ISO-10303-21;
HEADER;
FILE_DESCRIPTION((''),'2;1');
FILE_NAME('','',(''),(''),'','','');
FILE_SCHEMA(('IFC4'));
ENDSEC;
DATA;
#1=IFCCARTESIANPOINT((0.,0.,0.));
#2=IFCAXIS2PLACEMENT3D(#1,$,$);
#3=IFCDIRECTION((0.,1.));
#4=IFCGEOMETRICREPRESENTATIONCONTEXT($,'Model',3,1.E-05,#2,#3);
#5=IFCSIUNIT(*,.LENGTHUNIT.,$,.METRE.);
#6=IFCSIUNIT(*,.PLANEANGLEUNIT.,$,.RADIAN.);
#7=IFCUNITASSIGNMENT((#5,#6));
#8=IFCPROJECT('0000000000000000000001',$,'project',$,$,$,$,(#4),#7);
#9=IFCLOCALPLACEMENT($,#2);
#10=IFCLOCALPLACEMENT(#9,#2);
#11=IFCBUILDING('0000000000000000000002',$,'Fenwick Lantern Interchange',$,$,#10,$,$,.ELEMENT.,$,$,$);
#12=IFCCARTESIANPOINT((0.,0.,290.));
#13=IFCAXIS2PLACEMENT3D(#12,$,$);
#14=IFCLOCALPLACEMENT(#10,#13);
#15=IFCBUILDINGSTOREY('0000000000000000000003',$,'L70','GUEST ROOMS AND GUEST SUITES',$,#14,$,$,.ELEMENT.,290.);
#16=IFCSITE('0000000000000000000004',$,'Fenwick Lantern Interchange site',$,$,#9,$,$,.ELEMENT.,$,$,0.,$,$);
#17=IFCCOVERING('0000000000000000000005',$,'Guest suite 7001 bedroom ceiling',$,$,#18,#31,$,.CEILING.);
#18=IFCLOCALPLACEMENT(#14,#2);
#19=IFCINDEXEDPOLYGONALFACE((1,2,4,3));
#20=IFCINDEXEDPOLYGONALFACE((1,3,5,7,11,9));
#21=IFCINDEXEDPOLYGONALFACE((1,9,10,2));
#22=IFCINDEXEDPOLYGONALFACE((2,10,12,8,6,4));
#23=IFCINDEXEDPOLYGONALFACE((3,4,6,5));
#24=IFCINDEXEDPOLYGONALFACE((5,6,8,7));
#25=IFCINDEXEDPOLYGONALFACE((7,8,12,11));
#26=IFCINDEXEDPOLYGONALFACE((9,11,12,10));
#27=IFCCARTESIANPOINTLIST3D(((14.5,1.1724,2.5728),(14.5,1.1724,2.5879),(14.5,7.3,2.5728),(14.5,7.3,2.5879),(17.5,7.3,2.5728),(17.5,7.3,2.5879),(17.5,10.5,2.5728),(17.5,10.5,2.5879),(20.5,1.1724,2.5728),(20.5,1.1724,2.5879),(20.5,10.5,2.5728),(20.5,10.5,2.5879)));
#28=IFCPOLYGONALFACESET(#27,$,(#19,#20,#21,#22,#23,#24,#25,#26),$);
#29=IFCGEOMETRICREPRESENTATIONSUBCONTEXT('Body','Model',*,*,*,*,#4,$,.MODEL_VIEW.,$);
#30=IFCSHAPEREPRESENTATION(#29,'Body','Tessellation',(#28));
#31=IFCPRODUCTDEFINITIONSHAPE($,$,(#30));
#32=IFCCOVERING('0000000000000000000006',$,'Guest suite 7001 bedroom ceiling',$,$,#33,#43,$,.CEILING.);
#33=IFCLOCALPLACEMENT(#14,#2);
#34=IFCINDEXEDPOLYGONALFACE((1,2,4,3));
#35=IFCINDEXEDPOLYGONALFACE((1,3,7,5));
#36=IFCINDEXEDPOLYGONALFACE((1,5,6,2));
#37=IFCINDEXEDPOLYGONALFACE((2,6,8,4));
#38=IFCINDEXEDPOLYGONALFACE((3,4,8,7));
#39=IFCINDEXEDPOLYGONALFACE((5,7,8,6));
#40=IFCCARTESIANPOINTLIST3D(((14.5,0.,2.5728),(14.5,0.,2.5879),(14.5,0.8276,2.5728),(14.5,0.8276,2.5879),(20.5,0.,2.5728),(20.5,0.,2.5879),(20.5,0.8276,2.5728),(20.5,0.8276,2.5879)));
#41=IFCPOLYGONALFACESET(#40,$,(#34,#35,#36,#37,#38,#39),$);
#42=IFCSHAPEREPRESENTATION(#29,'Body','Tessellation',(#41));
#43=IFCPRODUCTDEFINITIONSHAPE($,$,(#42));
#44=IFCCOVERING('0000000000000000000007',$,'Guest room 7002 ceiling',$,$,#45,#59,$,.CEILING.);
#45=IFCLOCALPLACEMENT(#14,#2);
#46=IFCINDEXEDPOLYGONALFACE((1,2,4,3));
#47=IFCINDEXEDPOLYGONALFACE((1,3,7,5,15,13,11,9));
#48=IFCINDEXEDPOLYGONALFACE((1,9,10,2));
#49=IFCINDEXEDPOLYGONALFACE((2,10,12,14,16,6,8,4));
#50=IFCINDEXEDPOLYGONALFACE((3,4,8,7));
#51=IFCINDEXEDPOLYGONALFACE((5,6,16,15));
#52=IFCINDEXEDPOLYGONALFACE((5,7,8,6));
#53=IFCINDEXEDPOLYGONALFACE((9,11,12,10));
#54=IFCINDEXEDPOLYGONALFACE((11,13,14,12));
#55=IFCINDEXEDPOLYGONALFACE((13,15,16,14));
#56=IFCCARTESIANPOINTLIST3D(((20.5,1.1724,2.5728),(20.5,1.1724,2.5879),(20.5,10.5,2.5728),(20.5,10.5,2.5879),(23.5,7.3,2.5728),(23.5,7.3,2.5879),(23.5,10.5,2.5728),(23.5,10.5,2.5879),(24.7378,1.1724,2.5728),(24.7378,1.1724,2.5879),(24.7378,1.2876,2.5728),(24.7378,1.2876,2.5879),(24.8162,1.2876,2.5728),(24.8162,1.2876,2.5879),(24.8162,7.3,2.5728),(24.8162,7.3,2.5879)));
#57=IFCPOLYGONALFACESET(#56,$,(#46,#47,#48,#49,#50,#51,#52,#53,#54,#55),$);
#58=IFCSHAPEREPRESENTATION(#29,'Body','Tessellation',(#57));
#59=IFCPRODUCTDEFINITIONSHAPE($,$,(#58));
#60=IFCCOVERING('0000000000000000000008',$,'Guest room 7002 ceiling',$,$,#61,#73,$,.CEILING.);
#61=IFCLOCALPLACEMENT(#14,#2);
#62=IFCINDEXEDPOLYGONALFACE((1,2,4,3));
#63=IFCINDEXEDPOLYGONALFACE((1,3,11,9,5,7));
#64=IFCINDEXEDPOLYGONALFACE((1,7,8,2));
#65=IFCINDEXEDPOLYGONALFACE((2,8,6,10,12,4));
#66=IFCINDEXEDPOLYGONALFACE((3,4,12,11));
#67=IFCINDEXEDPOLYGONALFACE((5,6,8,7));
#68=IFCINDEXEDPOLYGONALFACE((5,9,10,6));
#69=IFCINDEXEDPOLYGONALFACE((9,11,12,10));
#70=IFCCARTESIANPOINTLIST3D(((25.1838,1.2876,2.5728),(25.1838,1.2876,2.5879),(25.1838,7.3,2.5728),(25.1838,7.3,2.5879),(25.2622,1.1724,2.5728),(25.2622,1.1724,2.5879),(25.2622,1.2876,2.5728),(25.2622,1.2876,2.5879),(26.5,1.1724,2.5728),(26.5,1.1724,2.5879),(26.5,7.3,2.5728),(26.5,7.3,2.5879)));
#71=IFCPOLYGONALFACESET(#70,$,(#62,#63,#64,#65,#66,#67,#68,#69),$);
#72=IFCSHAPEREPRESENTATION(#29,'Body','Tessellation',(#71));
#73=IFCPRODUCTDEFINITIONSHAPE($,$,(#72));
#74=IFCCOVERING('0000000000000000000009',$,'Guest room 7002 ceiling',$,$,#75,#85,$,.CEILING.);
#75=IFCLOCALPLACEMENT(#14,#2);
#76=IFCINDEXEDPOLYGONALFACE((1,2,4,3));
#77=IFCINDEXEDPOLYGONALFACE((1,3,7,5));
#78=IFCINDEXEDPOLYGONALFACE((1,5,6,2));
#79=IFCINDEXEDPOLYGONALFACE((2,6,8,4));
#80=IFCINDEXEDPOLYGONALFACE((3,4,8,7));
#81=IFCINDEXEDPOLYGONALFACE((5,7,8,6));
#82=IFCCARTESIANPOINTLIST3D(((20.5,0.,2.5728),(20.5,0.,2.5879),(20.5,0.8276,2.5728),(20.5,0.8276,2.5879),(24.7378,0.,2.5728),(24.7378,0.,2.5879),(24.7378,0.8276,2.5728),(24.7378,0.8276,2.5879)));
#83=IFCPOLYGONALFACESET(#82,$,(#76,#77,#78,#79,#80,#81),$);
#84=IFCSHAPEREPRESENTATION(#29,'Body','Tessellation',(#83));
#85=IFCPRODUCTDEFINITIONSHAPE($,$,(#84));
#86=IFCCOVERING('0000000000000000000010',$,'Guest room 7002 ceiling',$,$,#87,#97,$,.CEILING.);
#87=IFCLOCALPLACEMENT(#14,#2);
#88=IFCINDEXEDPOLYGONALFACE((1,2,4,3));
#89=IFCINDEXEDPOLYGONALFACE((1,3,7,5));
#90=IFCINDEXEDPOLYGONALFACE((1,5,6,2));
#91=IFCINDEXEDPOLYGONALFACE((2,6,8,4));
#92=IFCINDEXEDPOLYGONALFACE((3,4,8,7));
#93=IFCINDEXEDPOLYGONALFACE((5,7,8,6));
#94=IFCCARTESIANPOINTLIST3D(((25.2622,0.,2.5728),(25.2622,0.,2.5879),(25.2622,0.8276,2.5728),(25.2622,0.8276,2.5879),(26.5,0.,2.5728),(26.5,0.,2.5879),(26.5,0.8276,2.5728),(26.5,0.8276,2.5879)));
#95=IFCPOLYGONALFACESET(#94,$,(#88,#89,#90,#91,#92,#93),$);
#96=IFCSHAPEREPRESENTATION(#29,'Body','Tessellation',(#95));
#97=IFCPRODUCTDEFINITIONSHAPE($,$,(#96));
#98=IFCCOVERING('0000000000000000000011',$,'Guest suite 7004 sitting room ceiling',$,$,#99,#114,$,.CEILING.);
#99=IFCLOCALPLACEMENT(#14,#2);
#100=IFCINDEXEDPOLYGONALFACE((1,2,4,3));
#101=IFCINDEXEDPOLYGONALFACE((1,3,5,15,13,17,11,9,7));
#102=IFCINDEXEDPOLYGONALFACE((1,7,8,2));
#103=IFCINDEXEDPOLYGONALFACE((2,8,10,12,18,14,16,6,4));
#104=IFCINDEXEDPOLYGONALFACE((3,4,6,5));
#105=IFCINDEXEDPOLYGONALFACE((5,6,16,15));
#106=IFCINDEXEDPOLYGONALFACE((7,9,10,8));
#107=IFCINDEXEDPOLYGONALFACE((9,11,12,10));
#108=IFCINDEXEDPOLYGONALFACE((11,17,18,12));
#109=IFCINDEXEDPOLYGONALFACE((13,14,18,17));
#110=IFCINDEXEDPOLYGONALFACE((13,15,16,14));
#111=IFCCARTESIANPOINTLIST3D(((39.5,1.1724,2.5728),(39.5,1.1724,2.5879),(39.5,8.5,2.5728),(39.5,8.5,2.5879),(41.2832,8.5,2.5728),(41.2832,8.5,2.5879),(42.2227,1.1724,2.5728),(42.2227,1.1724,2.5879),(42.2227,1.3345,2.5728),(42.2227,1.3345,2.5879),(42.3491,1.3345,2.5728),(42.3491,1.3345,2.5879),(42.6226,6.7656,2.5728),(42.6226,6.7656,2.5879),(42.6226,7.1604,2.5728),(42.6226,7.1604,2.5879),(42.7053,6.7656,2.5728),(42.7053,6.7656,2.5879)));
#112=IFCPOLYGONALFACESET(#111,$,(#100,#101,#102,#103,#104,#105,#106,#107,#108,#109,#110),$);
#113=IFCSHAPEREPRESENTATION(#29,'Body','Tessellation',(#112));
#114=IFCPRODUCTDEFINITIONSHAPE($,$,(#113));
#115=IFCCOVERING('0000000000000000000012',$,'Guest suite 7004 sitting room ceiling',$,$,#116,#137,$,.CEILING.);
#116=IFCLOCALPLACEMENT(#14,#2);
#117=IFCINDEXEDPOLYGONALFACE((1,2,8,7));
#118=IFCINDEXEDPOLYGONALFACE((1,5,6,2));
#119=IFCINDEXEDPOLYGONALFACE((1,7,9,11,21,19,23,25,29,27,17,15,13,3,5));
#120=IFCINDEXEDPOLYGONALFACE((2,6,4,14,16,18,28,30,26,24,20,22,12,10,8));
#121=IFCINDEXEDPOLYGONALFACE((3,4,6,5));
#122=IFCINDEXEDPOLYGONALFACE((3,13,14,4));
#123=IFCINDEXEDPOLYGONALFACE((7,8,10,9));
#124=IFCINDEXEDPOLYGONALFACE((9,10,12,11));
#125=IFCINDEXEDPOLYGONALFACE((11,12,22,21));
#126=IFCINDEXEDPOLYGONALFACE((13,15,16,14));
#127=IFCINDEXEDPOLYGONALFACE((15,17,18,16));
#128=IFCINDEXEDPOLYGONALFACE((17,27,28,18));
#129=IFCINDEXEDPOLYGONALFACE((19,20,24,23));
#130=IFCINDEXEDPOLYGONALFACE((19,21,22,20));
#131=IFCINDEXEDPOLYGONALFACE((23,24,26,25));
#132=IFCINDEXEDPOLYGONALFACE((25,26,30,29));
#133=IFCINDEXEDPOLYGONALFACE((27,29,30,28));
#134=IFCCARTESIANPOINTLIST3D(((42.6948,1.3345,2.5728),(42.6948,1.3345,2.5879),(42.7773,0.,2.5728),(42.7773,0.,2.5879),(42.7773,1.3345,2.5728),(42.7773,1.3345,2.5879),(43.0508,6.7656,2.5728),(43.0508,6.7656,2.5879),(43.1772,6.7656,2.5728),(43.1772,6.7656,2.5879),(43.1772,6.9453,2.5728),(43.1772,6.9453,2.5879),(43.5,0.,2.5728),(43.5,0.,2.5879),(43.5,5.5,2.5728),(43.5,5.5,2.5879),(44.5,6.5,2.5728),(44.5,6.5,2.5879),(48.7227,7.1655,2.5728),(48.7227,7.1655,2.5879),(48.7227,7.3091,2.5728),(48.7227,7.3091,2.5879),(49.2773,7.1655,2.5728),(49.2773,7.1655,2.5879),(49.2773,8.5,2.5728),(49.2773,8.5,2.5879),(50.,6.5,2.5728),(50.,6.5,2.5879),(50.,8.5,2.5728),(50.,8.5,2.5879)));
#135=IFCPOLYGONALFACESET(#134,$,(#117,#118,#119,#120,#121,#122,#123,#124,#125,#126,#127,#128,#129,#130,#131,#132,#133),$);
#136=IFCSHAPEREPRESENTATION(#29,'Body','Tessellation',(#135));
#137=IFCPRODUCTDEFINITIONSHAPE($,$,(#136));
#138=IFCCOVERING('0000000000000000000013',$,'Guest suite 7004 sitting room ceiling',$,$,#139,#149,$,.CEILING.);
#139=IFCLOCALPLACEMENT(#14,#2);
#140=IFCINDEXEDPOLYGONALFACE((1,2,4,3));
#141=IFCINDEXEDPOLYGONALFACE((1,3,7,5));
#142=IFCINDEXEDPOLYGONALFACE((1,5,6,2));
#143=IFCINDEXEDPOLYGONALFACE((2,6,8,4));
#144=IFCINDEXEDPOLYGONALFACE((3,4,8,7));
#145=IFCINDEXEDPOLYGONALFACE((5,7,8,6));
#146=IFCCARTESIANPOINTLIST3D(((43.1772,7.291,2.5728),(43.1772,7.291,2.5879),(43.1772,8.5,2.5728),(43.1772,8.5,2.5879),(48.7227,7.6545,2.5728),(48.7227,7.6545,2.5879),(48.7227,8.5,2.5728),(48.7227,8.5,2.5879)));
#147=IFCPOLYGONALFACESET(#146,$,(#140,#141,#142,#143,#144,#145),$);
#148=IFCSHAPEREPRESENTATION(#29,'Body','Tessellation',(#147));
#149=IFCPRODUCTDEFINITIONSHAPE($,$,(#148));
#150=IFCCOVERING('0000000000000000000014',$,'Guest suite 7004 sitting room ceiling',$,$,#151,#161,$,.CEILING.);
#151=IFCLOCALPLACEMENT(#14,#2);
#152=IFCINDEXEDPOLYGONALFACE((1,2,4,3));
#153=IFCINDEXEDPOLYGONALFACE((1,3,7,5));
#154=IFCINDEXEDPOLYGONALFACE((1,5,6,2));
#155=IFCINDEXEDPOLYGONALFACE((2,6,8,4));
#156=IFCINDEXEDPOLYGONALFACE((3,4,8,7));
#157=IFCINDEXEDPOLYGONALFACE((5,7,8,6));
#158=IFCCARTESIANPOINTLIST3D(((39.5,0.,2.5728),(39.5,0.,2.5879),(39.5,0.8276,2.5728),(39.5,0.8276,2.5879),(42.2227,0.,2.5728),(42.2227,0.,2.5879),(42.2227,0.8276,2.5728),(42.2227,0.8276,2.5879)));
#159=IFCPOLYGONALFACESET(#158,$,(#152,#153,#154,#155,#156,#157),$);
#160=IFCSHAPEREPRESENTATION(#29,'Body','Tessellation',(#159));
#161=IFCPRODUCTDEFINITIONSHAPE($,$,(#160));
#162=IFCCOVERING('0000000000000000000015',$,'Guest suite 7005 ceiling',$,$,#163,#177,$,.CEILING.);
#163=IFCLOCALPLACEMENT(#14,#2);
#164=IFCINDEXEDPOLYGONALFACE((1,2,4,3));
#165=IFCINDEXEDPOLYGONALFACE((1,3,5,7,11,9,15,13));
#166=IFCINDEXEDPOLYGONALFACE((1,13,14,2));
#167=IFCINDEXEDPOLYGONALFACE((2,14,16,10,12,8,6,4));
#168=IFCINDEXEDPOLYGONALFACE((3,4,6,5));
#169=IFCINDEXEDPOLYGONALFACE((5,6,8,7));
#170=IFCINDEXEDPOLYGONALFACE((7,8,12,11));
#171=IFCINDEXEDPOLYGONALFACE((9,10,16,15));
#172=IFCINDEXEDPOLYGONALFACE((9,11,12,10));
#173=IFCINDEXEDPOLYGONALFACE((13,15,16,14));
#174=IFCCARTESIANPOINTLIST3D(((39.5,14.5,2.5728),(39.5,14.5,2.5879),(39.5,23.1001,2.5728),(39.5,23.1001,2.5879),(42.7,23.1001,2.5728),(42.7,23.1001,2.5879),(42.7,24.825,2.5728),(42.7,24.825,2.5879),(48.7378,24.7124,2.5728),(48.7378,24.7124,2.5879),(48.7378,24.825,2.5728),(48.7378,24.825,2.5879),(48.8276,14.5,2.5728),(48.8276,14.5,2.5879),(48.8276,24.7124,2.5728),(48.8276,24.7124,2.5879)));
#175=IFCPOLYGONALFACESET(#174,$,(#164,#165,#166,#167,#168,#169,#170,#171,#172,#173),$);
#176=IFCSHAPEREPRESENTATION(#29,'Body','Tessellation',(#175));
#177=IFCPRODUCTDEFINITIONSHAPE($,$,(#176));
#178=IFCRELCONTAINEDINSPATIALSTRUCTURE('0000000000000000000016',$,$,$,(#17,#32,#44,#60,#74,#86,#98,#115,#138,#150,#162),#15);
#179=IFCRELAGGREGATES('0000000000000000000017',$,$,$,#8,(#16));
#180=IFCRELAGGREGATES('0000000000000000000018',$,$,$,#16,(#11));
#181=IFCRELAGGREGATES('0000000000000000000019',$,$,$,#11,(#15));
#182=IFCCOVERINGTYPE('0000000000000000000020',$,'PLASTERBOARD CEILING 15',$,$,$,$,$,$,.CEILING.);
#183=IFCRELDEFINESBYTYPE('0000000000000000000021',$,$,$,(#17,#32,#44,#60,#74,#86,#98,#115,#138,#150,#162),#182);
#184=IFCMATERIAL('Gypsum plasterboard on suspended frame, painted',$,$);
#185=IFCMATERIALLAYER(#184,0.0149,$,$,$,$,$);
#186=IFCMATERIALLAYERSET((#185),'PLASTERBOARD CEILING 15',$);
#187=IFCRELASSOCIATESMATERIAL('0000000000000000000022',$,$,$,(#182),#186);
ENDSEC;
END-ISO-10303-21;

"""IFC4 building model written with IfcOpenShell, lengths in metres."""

from ifc_helpers import new_model, si_unit, direction, frame, origin, place, context, subcontext, project, spatial, polyline, outline, extrude, material, layer, layer_set, type_object, element, save


model = new_model("IFC4")

# Units and contexts
model_context = context("Model", 3, precision=1e-05, world=origin(), true_north=direction((0.0, 1.0)))
body_context = subcontext(model_context, "Body", "Model", "MODEL_VIEW")
ifc_project = project(units=[si_unit("LENGTHUNIT", "METRE"), si_unit("PLANEANGLEUNIT", "RADIAN")], contexts=[model_context])

# Site, building, storey
site_placement = place(None, origin())
site = spatial("IfcSite", under=ifc_project, at=site_placement, Name="Fenwick Lantern Interchange site", CompositionType="ELEMENT", RefElevation=0.0)
building_placement = place(site_placement, origin())
building = spatial("IfcBuilding", under=site, at=building_placement, Name="Fenwick Lantern Interchange", CompositionType="ELEMENT")
storey_placement = place(building_placement, frame((0.0, 0.0, 290.0)))
storey = spatial("IfcBuildingStorey", under=building, at=storey_placement, Name="L70", Description="GUEST ROOMS AND GUEST SUITES", CompositionType="ELEMENT", Elevation=290.0)

# Coverings
ifc_material_1 = material(Name="Gypsum plasterboard on suspended frame, painted")
ifc_layer_1 = layer(ifc_material_1, 0.0149)
ifc_layer_set_1 = layer_set([ifc_layer_1], Name="PLASTERBOARD CEILING 15")
covering_type_1 = type_object("IfcCoveringType", Name="PLASTERBOARD CEILING 15", PredefinedType="CEILING", material=ifc_layer_set_1)
covering_1_placement = place(storey_placement, frame((0.0, 0.0, 2.5728)))
element("IfcCovering", 1, at=covering_1_placement, inside=storey, type_object=covering_type_1, Name="Guest suite 7001 bedroom ceiling", PredefinedType="CEILING", context=body_context, shape_type="SweptSolid", body=[
    extrude(outline(polyline([(20.5, 1.1724), (20.5, 10.5), (17.5, 10.5), (17.5, 7.3), (14.5, 7.3), (14.5, 1.1724), (20.5, 1.1724)])), origin(), (0.0, 0.0, 1.0), 0.0151),
])
covering_2_placement = place(storey_placement, frame((0.0, 0.0, 2.5728)))
element("IfcCovering", 2, at=covering_2_placement, inside=storey, type_object=covering_type_1, Name="Guest suite 7001 bedroom ceiling", PredefinedType="CEILING", context=body_context, shape_type="SweptSolid", body=[
    extrude(outline(polyline([(20.5, 0.0), (20.5, 0.8276), (14.5, 0.8276), (14.5, 0.0), (20.5, 0.0)])), origin(), (0.0, 0.0, 1.0), 0.0151),
])
covering_3_placement = place(storey_placement, frame((0.0, 0.0, 2.5728)))
element("IfcCovering", 3, at=covering_3_placement, inside=storey, type_object=covering_type_1, Name="Guest room 7002 ceiling", PredefinedType="CEILING", context=body_context, shape_type="SweptSolid", body=[
    extrude(outline(polyline([(24.7378, 1.2876), (24.8162, 1.2876), (24.8162, 7.3), (23.5, 7.3), (23.5, 10.5), (20.5, 10.5), (20.5, 1.1724), (24.7378, 1.1724), (24.7378, 1.2876)])), origin(), (0.0, 0.0, 1.0), 0.0151),
])
covering_4_placement = place(storey_placement, frame((0.0, 0.0, 2.5728)))
element("IfcCovering", 4, at=covering_4_placement, inside=storey, type_object=covering_type_1, Name="Guest room 7002 ceiling", PredefinedType="CEILING", context=body_context, shape_type="SweptSolid", body=[
    extrude(outline(polyline([(25.2622, 1.2876), (25.2622, 1.1724), (26.5, 1.1724), (26.5, 7.3), (25.1838, 7.3), (25.1838, 1.2876), (25.2622, 1.2876)])), origin(), (0.0, 0.0, 1.0), 0.0151),
])
covering_5_placement = place(storey_placement, frame((0.0, 0.0, 2.5728)))
element("IfcCovering", 5, at=covering_5_placement, inside=storey, type_object=covering_type_1, Name="Guest room 7002 ceiling", PredefinedType="CEILING", context=body_context, shape_type="SweptSolid", body=[
    extrude(outline(polyline([(24.7378, 0.0), (24.7378, 0.8276), (20.5, 0.8276), (20.5, 0.0), (24.7378, 0.0)])), origin(), (0.0, 0.0, 1.0), 0.0151),
])
covering_6_placement = place(storey_placement, frame((0.0, 0.0, 2.5728)))
element("IfcCovering", 6, at=covering_6_placement, inside=storey, type_object=covering_type_1, Name="Guest room 7002 ceiling", PredefinedType="CEILING", context=body_context, shape_type="SweptSolid", body=[
    extrude(outline(polyline([(25.2622, 0.8276), (25.2622, 0.0), (26.5, 0.0), (26.5, 0.8276), (25.2622, 0.8276)])), origin(), (0.0, 0.0, 1.0), 0.0151),
])
covering_7_placement = place(storey_placement, frame((0.0, 0.0, 2.5728)))
element("IfcCovering", 7, at=covering_7_placement, inside=storey, type_object=covering_type_1, Name="Guest suite 7004 sitting room ceiling", PredefinedType="CEILING", context=body_context, shape_type="SweptSolid", body=[
    extrude(outline(polyline([(42.2227, 1.3345), (42.3491, 1.3345), (42.7053, 6.7656), (42.6226, 6.7656), (42.6226, 7.1604), (41.2832, 8.5), (39.5, 8.5), (39.5, 1.1724), (42.2227, 1.1724), (42.2227, 1.3345)])), origin(), (0.0, 0.0, 1.0), 0.0151),
])
covering_8_placement = place(storey_placement, frame((0.0, 0.0, 2.5728)))
element("IfcCovering", 8, at=covering_8_placement, inside=storey, type_object=covering_type_1, Name="Guest suite 7004 sitting room ceiling", PredefinedType="CEILING", context=body_context, shape_type="SweptSolid", body=[
    extrude(outline(polyline([(42.7773, 1.3345), (42.7773, 0.0), (43.5, 0.0), (43.5, 5.5), (44.5, 6.5), (50.0, 6.5), (50.0, 8.5), (49.2773, 8.5), (49.2773, 7.1655), (48.7227, 7.1655), (48.7227, 7.3091), (43.1772, 6.9453), (43.1772, 6.7656), (43.0508, 6.7656), (42.6948, 1.3345), (42.7773, 1.3345)])), origin(), (0.0, 0.0, 1.0), 0.0151),
])
covering_9_placement = place(storey_placement, frame((0.0, 0.0, 2.5728)))
element("IfcCovering", 9, at=covering_9_placement, inside=storey, type_object=covering_type_1, Name="Guest suite 7004 sitting room ceiling", PredefinedType="CEILING", context=body_context, shape_type="SweptSolid", body=[
    extrude(outline(polyline([(43.1772, 8.5), (43.1772, 7.291), (48.7227, 7.6545), (48.7227, 8.5), (43.1772, 8.5)])), origin(), (0.0, 0.0, 1.0), 0.0151),
])
covering_10_placement = place(storey_placement, frame((0.0, 0.0, 2.5728)))
element("IfcCovering", 10, at=covering_10_placement, inside=storey, type_object=covering_type_1, Name="Guest suite 7004 sitting room ceiling", PredefinedType="CEILING", context=body_context, shape_type="SweptSolid", body=[
    extrude(outline(polyline([(42.2227, 0.0), (42.2227, 0.8276), (39.5, 0.8276), (39.5, 0.0), (42.2227, 0.0)])), origin(), (0.0, 0.0, 1.0), 0.0151),
])
covering_11_placement = place(storey_placement, frame((0.0, 0.0, 2.5728)))
element("IfcCovering", 11, at=covering_11_placement, inside=storey, type_object=covering_type_1, Name="Guest suite 7005 ceiling", PredefinedType="CEILING", context=body_context, shape_type="SweptSolid", body=[
    extrude(outline(polyline([(48.7378, 24.7124), (48.7378, 24.825), (42.7, 24.825), (42.7, 23.1001), (39.5, 23.1001), (39.5, 14.5), (48.8276, 14.5), (48.8276, 24.7124), (48.7378, 24.7124)])), origin(), (0.0, 0.0, 1.0), 0.0151),
])

save(model, "model.ifc")
